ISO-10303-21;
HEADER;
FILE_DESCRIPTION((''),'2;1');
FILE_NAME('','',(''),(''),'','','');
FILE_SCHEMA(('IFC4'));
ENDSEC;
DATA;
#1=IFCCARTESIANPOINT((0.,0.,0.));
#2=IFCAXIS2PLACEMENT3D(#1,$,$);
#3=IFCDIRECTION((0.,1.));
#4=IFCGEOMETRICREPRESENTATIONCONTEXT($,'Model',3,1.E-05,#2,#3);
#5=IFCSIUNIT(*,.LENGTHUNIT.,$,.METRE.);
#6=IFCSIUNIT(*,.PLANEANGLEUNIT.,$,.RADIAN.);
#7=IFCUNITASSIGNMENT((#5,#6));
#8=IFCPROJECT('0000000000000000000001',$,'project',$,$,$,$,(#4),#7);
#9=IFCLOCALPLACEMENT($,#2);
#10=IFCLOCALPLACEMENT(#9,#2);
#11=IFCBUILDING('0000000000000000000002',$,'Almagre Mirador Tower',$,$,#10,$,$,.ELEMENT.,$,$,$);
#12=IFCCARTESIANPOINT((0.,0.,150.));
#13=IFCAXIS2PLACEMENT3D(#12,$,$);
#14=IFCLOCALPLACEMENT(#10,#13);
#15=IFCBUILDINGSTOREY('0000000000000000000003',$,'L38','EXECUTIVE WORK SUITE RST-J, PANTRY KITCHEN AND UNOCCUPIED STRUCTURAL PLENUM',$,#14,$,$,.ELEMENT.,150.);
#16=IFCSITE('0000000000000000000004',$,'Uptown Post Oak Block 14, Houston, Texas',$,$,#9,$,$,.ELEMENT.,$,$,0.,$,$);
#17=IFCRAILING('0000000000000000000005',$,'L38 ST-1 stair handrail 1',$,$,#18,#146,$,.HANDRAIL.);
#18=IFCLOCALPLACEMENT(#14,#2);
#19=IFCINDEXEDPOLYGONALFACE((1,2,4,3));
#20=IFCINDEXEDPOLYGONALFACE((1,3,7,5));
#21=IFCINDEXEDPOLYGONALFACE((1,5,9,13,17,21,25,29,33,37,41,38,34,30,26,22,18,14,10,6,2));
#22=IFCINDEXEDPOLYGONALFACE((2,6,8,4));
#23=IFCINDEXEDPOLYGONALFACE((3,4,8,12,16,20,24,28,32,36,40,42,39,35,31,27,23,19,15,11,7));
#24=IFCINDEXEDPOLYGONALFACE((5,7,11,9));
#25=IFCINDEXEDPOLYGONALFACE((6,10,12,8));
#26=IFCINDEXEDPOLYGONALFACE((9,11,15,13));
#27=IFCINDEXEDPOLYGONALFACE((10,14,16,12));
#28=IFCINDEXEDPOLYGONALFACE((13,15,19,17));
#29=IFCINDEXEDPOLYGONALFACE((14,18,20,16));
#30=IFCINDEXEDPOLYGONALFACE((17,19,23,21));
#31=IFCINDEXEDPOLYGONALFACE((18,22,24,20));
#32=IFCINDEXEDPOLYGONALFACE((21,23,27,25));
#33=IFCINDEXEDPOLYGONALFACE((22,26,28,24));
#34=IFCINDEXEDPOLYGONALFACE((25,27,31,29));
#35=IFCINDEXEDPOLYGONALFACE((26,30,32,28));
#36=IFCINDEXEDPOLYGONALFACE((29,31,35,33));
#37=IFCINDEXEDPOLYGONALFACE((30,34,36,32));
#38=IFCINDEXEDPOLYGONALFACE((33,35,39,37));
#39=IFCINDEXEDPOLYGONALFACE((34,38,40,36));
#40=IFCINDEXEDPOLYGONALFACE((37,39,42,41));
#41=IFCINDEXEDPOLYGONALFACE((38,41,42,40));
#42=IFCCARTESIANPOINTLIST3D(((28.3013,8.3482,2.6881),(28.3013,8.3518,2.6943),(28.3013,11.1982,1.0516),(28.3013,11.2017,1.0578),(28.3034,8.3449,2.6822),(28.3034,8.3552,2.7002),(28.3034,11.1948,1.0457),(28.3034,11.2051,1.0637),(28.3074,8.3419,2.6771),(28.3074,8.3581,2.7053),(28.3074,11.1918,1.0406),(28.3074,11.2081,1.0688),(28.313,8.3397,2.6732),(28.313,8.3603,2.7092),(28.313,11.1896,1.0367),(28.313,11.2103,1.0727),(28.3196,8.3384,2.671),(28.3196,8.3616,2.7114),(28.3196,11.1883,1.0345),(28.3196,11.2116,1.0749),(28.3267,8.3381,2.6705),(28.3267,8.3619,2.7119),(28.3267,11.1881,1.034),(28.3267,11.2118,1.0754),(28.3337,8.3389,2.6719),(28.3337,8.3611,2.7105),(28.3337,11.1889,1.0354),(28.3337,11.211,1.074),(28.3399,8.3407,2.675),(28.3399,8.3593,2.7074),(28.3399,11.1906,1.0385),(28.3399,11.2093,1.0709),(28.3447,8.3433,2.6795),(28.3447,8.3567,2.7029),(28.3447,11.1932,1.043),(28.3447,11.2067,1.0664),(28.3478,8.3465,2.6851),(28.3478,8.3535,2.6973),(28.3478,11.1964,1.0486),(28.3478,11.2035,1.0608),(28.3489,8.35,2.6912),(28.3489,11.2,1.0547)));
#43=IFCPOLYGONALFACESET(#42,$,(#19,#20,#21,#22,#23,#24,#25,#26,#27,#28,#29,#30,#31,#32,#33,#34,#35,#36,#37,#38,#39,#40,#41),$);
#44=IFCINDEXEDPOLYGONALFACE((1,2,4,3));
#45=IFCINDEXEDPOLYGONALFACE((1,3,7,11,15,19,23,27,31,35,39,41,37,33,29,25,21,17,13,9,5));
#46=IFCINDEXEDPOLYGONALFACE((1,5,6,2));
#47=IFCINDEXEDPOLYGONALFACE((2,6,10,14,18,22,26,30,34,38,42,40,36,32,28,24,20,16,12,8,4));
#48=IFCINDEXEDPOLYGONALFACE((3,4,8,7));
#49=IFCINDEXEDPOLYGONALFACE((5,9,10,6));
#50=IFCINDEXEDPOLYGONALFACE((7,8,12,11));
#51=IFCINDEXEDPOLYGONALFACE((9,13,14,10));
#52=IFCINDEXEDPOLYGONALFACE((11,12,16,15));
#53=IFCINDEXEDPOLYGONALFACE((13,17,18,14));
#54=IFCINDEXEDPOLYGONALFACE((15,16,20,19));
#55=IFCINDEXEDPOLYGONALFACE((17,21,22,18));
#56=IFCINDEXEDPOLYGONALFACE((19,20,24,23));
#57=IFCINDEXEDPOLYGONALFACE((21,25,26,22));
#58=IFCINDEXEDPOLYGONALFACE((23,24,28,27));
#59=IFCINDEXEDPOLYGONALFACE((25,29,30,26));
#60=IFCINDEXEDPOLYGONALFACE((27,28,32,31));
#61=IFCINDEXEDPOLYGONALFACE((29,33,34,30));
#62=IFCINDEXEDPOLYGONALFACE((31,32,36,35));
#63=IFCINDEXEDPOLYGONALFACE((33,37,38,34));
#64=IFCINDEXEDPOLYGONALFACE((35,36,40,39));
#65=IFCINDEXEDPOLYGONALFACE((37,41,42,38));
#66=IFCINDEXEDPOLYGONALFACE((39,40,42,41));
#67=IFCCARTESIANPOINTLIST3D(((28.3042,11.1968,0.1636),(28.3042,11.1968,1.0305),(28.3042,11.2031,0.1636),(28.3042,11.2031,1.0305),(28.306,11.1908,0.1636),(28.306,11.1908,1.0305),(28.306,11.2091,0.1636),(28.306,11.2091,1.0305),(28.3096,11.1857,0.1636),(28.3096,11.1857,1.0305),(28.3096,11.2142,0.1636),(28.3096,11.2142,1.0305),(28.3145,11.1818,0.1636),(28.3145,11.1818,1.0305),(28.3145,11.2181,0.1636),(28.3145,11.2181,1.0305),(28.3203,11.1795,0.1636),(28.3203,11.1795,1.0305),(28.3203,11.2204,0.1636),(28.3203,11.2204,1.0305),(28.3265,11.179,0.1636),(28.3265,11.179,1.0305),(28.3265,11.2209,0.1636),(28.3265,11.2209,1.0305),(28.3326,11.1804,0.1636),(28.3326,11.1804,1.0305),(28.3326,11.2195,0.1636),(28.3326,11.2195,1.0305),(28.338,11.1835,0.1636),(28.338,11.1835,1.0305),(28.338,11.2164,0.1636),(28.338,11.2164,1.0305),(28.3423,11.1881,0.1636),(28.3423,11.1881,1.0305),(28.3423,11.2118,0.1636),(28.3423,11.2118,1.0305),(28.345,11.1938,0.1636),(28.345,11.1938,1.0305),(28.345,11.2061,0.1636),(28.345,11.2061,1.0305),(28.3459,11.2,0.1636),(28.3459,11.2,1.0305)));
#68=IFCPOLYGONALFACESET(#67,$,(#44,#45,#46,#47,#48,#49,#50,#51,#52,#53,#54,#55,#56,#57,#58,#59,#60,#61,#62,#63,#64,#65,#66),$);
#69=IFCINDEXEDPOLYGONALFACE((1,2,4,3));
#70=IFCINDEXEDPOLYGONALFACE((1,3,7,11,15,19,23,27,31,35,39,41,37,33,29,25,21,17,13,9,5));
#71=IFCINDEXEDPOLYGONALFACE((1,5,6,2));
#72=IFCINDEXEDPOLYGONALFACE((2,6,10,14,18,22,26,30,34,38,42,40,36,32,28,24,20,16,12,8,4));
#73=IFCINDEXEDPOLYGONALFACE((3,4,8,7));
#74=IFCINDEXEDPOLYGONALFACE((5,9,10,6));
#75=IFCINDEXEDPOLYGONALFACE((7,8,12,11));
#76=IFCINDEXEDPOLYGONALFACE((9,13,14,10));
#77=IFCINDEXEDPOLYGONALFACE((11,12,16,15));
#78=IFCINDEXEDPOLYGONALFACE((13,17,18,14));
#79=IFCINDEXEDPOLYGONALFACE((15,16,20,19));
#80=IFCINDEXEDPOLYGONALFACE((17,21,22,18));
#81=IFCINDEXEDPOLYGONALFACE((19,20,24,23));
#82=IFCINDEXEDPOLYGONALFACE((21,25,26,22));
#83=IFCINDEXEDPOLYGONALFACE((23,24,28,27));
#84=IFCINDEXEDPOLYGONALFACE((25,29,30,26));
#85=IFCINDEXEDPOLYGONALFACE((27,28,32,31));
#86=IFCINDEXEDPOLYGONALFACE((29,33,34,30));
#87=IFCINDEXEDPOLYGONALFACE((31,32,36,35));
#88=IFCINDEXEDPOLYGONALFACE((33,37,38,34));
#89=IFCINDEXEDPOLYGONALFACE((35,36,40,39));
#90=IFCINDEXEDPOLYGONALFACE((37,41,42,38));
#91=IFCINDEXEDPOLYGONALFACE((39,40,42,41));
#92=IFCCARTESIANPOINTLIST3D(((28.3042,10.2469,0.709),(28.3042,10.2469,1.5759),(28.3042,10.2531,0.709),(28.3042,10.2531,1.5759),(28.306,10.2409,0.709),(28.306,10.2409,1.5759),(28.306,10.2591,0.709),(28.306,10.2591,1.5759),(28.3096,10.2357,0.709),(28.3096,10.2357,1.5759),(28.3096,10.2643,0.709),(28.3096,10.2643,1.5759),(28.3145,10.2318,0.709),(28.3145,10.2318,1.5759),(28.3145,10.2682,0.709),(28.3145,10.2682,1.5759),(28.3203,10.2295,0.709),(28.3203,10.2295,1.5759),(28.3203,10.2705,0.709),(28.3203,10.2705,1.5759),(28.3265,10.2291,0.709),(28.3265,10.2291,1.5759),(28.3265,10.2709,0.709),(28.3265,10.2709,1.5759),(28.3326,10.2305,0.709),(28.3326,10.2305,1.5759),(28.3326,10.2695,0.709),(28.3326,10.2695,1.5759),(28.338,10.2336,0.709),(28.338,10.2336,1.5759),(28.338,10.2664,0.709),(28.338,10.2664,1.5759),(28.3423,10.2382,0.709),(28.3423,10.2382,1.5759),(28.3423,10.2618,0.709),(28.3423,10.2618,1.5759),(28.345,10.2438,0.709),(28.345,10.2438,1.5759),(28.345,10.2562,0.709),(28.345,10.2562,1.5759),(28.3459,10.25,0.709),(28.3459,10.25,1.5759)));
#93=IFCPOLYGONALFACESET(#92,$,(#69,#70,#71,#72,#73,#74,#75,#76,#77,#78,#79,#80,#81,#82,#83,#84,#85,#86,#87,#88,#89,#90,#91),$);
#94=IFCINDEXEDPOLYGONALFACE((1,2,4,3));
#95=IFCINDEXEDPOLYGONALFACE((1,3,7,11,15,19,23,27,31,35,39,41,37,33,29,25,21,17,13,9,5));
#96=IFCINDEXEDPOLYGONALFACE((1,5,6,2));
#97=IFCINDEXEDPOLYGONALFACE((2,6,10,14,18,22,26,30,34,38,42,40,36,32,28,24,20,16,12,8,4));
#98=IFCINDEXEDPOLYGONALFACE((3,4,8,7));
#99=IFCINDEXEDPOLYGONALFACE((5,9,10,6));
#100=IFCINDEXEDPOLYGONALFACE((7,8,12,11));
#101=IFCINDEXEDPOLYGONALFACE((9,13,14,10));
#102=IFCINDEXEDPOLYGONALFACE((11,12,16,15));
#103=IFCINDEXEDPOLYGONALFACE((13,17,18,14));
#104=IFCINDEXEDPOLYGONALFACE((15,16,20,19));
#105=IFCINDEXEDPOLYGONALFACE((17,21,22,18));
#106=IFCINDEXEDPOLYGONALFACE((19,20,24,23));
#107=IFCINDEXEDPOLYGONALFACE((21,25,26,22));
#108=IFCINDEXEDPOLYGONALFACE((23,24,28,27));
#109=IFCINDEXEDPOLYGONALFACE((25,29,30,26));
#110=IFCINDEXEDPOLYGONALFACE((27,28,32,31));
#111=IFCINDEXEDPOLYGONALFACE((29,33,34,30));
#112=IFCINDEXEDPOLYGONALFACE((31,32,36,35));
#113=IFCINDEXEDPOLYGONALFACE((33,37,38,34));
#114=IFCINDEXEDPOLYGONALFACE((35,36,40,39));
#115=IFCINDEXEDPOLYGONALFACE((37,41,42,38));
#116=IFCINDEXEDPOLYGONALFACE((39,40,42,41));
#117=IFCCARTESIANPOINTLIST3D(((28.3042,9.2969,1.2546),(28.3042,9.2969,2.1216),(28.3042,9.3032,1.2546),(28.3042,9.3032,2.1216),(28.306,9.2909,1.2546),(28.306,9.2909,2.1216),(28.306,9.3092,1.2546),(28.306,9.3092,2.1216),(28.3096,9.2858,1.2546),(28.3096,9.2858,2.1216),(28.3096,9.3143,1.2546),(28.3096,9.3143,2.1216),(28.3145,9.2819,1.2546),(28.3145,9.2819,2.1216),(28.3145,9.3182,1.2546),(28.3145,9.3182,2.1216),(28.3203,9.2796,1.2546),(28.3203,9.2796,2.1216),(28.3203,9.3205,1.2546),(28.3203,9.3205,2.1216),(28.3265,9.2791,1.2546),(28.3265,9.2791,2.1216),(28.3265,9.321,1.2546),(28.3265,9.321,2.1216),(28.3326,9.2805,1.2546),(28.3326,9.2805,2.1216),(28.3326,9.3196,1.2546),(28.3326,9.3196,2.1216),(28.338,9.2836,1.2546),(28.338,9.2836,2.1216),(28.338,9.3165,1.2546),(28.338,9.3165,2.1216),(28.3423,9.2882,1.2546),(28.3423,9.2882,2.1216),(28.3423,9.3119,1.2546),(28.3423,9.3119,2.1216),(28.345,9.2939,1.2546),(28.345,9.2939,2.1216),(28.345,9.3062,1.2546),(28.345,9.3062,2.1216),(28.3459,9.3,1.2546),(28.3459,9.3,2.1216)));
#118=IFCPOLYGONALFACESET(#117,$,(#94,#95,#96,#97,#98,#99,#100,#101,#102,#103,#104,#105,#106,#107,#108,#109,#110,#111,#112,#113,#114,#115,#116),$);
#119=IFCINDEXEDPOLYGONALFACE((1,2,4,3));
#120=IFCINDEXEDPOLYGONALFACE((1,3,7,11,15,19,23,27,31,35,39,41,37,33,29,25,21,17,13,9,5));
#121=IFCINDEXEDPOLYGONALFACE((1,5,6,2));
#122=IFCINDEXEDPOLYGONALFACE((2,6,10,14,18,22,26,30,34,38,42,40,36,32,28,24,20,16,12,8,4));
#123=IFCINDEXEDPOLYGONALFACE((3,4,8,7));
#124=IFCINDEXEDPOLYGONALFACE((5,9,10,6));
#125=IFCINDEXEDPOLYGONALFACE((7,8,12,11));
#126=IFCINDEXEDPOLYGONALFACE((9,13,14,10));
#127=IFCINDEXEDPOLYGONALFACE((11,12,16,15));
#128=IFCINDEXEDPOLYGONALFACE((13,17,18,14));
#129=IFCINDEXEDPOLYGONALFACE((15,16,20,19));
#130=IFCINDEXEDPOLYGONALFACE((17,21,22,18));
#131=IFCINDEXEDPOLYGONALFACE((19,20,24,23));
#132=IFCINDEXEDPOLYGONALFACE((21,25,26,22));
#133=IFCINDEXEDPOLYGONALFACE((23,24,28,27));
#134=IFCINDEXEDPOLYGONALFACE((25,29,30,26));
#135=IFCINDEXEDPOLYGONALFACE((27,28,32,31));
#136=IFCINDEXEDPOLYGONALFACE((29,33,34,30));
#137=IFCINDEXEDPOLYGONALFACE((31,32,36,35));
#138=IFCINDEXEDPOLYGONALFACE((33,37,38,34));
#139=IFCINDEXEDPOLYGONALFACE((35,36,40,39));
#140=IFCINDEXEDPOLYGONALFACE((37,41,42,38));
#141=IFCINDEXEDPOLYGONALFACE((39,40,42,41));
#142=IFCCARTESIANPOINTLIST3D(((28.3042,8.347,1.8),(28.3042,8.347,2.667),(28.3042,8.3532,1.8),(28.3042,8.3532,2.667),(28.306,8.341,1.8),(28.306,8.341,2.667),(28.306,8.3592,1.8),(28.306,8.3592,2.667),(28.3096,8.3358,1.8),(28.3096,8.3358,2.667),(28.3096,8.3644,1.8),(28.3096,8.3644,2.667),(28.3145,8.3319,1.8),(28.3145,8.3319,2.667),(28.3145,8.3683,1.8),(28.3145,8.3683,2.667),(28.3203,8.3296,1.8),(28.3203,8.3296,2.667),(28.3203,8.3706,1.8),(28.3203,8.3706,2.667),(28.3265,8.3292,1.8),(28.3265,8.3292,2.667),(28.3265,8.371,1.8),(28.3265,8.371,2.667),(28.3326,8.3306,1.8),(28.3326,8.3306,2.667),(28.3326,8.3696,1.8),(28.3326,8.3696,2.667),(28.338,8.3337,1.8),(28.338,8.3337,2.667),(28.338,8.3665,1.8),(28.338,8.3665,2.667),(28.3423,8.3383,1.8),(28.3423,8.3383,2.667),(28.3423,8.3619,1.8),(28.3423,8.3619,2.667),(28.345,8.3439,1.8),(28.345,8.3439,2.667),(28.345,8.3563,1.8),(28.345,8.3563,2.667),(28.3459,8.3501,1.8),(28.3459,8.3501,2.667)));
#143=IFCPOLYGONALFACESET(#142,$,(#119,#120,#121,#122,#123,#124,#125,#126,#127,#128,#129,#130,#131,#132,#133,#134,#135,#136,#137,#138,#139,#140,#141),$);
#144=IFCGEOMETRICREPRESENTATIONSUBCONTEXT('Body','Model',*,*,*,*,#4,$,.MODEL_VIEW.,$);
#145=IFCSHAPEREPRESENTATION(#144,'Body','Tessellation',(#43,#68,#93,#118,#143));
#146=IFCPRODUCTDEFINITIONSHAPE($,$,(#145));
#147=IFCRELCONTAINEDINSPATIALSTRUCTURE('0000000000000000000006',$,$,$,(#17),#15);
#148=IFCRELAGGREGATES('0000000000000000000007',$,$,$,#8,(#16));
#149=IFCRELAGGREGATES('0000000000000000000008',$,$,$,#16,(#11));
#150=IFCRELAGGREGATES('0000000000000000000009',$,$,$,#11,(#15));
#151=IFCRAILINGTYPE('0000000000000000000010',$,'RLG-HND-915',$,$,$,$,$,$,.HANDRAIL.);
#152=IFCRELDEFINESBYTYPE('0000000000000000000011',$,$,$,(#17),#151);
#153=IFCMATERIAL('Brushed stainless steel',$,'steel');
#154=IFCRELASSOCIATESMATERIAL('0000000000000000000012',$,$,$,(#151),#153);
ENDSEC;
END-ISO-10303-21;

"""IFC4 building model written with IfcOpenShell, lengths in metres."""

from ifc_helpers import new_model, si_unit, direction, frame, origin, origin_2d, place, context, subcontext, project, spatial, circle, extrude, material, type_object, element, save


model = new_model("IFC4")

# Units and contexts
model_context = context("Model", 3, precision=1e-05, world=origin(), true_north=direction((0.0, 1.0)))
body_context = subcontext(model_context, "Body", "Model", "MODEL_VIEW")
ifc_project = project(units=[si_unit("LENGTHUNIT", "METRE"), si_unit("PLANEANGLEUNIT", "RADIAN")], contexts=[model_context])

# Site, building, storey
site_placement = place(None, origin())
site = spatial("IfcSite", under=ifc_project, at=site_placement, Name="Uptown Post Oak Block 14, Houston, Texas", CompositionType="ELEMENT", RefElevation=0.0)
building_placement = place(site_placement, origin())
building = spatial("IfcBuilding", under=site, at=building_placement, Name="Almagre Mirador Tower", CompositionType="ELEMENT")
storey_placement = place(building_placement, frame((0.0, 0.0, 150.0)))
storey = spatial("IfcBuildingStorey", under=building, at=storey_placement, Name="L38", Description="EXECUTIVE WORK SUITE RST-J, PANTRY KITCHEN AND UNOCCUPIED STRUCTURAL PLENUM", CompositionType="ELEMENT", Elevation=150.0)

# Railing
ifc_material_1 = material(Name="Brushed stainless steel", Category="steel")
railing_type_1 = type_object("IfcRailingType", Name="RLG-HND-915", PredefinedType="HANDRAIL", material=ifc_material_1)
railing_1_placement = place(storey_placement, frame((28.325, 11.2, 0.1636)))
element("IfcRailing", 1, at=railing_1_placement, inside=storey, type_object=railing_type_1, Name="L38 ST-1 stair handrail 1", PredefinedType="HANDRAIL", context=body_context, shape_type="SweptSolid", body=[
    extrude(circle(Radius=0.0239, at=origin_2d()), frame((0.0, 0.0, 0.8911), z_axis=(0.0, -0.867194, 0.49797), x_axis=(1.0, 0.0, 0.0)), (0.0, 0.0, 1.0), 3.2864),
    extrude(circle(Radius=0.021, at=origin_2d()), origin(), (0.0, 0.0, 1.0), 0.8669),
    extrude(circle(Radius=0.021, at=origin_2d()), frame((0.0, -0.95, 0.5454)), (0.0, 0.0, 1.0), 0.8669),
    extrude(circle(Radius=0.021, at=origin_2d()), frame((0.0, -1.8999, 1.0911)), (0.0, 0.0, 1.0), 0.8669),
    extrude(circle(Radius=0.021, at=origin_2d()), frame((0.0, -2.8499, 1.6365)), (0.0, 0.0, 1.0), 0.8669),
])

save(model, "model.ifc")
